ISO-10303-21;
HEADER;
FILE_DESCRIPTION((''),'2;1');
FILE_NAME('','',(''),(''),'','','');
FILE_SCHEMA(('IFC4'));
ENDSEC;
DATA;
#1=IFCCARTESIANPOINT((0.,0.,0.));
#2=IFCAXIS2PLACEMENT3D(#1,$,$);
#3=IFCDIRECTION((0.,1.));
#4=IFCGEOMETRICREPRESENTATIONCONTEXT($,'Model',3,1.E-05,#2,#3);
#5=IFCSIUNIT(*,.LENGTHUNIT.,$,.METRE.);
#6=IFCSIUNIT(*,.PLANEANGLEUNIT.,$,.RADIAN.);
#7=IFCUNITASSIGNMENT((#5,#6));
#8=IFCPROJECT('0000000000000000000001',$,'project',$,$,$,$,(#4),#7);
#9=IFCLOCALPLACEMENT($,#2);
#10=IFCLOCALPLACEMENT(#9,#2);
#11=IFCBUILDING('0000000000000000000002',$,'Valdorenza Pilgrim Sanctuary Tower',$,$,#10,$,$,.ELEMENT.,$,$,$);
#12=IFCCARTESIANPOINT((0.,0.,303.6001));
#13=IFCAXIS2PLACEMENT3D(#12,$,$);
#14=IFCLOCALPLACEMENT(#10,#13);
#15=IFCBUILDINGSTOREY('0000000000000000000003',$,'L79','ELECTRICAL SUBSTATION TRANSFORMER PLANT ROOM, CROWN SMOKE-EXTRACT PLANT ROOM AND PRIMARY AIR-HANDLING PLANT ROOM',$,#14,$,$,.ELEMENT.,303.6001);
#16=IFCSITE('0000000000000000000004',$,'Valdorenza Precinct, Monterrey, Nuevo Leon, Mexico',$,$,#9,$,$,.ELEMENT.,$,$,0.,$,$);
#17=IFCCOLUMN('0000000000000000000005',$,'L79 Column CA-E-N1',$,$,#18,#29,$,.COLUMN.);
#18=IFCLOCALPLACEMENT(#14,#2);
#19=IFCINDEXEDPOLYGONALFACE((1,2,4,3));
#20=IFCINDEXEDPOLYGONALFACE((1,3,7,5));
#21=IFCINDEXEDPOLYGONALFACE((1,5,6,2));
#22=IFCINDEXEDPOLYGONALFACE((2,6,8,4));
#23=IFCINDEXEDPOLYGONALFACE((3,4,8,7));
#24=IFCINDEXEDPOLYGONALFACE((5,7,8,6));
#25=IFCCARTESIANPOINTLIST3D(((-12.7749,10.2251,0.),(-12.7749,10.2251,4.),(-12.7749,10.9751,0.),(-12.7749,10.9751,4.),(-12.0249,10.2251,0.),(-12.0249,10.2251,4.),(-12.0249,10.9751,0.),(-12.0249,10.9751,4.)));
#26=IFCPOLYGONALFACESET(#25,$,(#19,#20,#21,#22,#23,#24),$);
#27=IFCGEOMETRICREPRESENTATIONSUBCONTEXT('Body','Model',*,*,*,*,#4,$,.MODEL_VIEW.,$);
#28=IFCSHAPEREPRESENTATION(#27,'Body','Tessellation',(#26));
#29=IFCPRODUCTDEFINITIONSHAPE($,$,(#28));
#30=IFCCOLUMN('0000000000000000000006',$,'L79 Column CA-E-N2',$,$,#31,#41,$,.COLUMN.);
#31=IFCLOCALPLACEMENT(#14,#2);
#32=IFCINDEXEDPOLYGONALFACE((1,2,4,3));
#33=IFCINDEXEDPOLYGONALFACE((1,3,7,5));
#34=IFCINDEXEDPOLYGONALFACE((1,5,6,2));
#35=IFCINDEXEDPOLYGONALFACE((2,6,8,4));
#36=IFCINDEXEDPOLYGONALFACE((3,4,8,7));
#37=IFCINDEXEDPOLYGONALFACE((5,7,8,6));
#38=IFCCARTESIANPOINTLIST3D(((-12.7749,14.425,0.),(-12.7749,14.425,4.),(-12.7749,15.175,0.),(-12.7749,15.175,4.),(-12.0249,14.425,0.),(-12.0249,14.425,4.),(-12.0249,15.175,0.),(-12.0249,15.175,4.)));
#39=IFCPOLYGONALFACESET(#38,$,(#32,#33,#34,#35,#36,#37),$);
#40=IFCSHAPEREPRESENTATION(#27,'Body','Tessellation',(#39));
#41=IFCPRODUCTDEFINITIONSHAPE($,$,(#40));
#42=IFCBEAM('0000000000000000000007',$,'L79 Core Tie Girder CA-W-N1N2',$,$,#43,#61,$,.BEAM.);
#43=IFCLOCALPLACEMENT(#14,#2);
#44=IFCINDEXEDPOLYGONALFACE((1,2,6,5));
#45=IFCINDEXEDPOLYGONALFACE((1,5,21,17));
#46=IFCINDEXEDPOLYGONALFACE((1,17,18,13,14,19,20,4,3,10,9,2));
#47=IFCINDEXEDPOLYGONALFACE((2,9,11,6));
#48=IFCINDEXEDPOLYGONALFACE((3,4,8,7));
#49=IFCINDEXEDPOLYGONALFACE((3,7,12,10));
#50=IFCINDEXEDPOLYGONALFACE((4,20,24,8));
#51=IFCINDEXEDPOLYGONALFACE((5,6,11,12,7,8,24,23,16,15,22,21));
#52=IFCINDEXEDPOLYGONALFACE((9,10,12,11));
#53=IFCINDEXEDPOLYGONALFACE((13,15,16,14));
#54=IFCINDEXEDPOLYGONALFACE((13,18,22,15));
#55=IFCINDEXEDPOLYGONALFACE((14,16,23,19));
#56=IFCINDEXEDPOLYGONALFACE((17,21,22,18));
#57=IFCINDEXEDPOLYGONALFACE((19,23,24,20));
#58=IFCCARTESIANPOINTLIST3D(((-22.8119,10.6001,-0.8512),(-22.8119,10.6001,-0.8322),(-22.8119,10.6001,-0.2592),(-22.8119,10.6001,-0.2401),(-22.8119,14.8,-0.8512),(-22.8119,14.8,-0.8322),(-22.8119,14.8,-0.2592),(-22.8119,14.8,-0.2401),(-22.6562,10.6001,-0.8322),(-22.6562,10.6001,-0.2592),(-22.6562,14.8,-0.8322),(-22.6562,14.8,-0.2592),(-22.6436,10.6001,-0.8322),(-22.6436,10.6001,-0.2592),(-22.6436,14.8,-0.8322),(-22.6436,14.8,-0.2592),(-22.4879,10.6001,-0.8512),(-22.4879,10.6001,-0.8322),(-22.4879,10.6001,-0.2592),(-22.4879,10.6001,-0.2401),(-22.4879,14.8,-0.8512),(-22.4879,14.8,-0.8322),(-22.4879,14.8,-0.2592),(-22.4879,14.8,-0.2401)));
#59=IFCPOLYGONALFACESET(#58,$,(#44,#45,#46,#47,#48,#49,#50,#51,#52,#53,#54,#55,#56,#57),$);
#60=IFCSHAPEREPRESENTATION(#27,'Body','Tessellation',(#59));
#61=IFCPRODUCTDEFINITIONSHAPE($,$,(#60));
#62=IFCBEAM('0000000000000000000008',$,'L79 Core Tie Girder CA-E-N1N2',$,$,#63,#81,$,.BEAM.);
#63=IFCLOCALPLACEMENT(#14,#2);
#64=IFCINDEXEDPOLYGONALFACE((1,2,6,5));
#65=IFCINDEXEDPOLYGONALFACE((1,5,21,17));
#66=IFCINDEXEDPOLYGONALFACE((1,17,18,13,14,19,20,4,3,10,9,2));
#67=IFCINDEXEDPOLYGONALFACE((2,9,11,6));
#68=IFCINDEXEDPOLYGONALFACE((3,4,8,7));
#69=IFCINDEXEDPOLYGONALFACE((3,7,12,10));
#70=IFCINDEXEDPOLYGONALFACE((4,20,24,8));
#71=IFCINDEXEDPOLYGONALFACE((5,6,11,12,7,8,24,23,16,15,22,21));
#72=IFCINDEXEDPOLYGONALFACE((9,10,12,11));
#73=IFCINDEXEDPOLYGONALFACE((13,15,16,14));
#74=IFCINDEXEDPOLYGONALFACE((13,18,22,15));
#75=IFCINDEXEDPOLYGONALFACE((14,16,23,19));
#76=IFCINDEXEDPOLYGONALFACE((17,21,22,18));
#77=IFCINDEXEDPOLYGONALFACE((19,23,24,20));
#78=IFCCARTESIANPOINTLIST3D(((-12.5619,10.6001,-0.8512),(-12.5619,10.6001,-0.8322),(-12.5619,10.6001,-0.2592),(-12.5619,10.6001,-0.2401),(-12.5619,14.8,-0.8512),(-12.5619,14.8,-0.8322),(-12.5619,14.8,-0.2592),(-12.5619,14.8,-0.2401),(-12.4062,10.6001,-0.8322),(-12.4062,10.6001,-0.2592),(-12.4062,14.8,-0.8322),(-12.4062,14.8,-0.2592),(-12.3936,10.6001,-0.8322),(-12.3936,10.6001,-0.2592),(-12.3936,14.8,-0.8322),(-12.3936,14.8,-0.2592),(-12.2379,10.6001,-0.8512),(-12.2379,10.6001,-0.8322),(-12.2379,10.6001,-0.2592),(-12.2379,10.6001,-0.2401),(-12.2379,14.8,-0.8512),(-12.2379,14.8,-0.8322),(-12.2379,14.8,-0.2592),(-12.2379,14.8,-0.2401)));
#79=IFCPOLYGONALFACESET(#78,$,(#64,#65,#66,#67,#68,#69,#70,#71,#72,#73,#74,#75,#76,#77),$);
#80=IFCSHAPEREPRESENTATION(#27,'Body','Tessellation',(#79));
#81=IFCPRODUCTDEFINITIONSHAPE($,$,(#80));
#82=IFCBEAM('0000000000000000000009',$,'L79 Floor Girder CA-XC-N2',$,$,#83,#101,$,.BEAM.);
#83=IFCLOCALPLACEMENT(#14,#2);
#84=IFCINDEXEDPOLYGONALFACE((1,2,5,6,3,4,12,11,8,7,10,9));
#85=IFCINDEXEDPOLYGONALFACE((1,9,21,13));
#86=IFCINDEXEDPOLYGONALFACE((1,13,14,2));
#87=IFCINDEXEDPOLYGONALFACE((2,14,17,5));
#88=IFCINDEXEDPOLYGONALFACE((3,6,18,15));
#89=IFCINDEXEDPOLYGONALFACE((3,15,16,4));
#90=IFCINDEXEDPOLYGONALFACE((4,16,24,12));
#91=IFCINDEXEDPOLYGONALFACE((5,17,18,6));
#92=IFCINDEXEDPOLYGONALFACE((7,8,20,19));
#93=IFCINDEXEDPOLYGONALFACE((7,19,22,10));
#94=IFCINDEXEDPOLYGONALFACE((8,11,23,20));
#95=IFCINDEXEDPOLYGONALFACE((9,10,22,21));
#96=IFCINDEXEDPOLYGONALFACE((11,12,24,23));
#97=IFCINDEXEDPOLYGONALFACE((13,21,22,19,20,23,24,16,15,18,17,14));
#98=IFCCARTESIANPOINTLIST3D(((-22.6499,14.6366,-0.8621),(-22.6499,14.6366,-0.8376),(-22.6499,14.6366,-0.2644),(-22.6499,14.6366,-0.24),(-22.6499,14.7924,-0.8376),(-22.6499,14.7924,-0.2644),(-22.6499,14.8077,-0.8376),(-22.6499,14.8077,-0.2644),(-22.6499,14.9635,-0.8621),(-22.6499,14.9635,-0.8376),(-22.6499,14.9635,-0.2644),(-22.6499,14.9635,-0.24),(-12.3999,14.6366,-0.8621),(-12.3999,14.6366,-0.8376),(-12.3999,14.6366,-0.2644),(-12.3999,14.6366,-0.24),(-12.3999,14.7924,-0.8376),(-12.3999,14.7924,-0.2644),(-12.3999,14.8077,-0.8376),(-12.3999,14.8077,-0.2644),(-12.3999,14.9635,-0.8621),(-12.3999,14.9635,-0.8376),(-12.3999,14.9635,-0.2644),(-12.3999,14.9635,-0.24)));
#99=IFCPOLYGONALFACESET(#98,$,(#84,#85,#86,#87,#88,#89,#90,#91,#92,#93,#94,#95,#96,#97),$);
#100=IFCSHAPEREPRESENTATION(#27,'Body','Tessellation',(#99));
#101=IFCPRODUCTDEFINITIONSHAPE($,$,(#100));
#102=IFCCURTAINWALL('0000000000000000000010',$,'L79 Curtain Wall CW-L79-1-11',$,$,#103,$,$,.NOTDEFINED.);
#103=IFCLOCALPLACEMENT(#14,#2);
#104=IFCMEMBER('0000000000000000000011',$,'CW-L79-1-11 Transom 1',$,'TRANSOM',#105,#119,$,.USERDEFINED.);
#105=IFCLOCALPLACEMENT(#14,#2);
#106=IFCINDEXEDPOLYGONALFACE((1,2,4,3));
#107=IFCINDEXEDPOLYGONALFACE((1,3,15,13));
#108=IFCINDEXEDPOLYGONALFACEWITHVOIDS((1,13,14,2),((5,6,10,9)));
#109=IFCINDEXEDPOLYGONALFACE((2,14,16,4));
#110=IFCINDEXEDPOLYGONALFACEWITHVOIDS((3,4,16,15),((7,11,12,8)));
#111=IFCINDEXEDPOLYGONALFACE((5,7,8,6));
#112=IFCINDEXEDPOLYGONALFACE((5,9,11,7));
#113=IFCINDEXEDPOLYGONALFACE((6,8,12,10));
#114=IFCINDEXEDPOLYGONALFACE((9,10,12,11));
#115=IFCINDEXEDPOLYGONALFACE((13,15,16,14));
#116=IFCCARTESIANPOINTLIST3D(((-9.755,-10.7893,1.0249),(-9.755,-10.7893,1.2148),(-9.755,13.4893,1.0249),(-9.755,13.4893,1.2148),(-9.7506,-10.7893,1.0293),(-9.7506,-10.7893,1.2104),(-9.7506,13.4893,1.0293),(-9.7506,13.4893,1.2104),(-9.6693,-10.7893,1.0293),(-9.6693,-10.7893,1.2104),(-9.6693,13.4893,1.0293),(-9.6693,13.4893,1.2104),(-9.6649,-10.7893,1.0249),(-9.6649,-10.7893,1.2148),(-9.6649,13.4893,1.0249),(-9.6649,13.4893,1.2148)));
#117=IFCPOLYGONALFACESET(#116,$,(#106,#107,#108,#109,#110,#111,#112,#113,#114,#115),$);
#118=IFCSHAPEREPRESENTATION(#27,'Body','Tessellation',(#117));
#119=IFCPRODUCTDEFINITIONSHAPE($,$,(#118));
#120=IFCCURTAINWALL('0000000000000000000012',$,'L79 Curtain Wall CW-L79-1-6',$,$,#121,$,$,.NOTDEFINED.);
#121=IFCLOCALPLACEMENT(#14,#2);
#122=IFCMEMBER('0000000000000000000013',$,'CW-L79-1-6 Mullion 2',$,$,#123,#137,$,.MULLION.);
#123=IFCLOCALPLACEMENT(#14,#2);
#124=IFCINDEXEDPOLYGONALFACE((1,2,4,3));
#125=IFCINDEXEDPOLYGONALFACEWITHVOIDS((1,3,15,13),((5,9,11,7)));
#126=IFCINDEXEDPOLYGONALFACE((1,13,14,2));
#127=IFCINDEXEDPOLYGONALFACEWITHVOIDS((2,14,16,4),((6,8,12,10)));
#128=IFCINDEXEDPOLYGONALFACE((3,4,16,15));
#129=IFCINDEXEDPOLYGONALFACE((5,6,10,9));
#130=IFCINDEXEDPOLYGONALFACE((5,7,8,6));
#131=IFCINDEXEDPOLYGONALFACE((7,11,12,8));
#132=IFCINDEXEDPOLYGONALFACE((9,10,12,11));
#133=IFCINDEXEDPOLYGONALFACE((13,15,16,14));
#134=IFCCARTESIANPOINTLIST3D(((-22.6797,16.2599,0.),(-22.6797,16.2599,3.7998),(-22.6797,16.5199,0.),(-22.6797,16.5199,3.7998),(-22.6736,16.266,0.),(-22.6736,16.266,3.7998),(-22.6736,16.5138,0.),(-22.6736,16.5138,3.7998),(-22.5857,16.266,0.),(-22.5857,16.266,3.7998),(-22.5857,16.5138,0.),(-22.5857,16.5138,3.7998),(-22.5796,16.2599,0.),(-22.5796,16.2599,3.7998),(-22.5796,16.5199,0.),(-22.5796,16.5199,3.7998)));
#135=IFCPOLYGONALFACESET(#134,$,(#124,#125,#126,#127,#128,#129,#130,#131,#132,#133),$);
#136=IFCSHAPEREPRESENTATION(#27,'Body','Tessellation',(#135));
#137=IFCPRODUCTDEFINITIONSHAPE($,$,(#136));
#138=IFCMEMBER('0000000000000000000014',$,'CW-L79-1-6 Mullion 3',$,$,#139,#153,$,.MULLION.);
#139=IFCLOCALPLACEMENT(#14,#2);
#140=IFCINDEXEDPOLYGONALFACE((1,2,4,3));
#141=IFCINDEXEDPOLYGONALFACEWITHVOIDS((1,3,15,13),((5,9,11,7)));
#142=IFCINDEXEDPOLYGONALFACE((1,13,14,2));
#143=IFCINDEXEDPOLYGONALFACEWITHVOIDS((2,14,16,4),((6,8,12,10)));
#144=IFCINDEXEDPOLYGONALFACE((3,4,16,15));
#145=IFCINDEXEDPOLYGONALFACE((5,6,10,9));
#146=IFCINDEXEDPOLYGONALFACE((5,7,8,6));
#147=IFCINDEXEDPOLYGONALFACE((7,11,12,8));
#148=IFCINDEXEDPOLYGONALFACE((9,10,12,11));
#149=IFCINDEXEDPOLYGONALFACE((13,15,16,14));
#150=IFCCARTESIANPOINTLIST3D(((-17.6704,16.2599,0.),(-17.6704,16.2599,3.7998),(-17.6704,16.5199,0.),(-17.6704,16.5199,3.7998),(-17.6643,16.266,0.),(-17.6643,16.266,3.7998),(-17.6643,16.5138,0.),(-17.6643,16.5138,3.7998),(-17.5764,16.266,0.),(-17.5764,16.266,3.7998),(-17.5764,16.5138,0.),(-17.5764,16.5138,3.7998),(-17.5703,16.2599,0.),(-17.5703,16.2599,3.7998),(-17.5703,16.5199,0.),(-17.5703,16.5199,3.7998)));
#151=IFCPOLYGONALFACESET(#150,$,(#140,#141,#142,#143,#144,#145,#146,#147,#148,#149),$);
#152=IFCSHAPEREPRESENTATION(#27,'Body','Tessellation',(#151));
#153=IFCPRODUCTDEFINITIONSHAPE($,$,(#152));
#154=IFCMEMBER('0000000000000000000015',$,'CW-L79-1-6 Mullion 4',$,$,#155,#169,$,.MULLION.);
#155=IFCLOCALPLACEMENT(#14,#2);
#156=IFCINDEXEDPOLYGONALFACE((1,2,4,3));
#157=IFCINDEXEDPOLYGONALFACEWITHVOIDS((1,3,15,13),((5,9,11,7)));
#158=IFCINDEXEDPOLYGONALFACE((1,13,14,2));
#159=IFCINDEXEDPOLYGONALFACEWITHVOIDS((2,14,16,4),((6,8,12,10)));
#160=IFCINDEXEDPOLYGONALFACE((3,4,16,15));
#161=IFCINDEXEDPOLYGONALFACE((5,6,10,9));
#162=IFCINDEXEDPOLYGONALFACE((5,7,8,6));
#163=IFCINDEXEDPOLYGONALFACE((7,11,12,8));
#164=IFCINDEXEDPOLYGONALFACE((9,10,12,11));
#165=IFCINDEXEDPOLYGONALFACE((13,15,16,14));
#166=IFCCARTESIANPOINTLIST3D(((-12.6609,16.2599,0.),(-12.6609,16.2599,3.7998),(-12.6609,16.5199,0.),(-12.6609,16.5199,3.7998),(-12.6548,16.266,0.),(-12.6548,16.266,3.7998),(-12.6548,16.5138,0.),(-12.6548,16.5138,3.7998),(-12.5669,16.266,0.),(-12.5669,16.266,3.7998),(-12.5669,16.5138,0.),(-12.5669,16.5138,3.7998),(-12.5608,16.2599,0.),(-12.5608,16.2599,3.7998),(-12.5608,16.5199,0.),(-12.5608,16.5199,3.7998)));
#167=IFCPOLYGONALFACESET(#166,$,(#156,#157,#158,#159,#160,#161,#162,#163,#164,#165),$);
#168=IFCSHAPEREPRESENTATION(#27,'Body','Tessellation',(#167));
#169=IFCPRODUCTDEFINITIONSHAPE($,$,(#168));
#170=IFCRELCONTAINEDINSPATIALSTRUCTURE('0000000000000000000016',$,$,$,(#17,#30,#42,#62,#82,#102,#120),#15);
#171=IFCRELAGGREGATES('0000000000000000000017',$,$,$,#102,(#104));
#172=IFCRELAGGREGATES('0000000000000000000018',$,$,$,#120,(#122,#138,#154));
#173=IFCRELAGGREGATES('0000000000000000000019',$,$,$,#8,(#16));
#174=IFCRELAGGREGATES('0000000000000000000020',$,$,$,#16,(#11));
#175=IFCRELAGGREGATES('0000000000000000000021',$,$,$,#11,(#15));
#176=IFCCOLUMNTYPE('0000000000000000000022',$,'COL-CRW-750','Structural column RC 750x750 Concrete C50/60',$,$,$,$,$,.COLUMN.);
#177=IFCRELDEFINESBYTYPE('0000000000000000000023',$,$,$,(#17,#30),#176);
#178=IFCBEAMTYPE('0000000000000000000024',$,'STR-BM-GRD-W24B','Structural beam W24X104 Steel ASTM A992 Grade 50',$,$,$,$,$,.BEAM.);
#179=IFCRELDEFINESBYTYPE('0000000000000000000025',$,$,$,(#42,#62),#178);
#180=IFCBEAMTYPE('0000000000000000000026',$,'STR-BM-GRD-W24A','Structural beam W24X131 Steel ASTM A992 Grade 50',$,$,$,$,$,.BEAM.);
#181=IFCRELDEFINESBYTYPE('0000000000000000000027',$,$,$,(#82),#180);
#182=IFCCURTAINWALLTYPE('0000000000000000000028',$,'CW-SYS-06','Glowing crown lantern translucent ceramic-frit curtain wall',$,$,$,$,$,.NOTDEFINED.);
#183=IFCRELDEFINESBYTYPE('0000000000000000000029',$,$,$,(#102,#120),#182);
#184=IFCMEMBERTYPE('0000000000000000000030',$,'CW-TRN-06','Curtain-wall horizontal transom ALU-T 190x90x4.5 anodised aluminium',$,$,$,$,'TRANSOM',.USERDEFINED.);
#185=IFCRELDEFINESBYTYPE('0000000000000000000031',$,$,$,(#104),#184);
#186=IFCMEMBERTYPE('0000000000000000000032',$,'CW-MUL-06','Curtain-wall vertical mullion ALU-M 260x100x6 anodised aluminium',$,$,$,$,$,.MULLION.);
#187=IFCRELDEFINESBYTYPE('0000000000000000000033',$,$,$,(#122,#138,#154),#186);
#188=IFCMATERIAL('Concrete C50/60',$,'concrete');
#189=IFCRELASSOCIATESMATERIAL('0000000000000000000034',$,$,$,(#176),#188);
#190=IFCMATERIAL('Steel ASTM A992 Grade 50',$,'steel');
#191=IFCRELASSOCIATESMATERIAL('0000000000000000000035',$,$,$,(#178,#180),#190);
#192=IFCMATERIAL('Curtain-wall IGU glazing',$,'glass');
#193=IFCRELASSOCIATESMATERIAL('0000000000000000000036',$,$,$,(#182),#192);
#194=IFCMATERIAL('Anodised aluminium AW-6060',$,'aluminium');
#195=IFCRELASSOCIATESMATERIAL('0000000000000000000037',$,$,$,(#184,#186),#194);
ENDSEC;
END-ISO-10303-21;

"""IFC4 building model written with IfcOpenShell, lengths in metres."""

from ifc_helpers import new_model, si_unit, direction, frame, origin, origin_2d, place, context, subcontext, project, spatial, rectangle, hollow_rectangle, i_section, extrude, source, transform, mapped, material, material_profile, profile_set, type_object, element, aggregate, save


model = new_model("IFC4")

# Units and contexts
model_context = context("Model", 3, precision=1e-05, world=origin(), true_north=direction((0.0, 1.0)))
body_context = subcontext(model_context, "Body", "Model", "MODEL_VIEW")
ifc_project = project(units=[si_unit("LENGTHUNIT", "METRE"), si_unit("PLANEANGLEUNIT", "RADIAN")], contexts=[model_context])

# Site, building, storey
site_placement = place(None, origin())
site = spatial("IfcSite", under=ifc_project, at=site_placement, Name="Valdorenza Precinct, Monterrey, Nuevo Leon, Mexico", CompositionType="ELEMENT", RefElevation=0.0)
building_placement = place(site_placement, origin())
building = spatial("IfcBuilding", under=site, at=building_placement, Name="Valdorenza Pilgrim Sanctuary Tower", CompositionType="ELEMENT")
storey_placement = place(building_placement, frame((0.0, 0.0, 303.6001)))
storey = spatial("IfcBuildingStorey", under=building, at=storey_placement, Name="L79", Description="ELECTRICAL SUBSTATION TRANSFORMER PLANT ROOM, CROWN SMOKE-EXTRACT PLANT ROOM AND PRIMARY AIR-HANDLING PLANT ROOM", CompositionType="ELEMENT", Elevation=303.6001)

# Columns
ifc_material_1 = material(Name="Concrete C50/60", Category="concrete")
ifc_material_profile_1 = material_profile(ifc_material_1, rectangle(XDim=0.75, YDim=0.75, at=origin_2d()), Name="RC 750x750")
ifc_profile_set_1 = profile_set([ifc_material_profile_1], Name="Concrete C50/60")
column_type = type_object("IfcColumnType", Name="COL-CRW-750", Description="Structural column RC 750x750 Concrete C50/60", PredefinedType="COLUMN", material=ifc_profile_set_1)
shared_shape_1 = source(origin(), body_context, "Body", "SweptSolid", [
    extrude(rectangle(XDim=0.75, YDim=0.75, at=origin_2d()), origin(), (0.0, 0.0, 1.0), 4.0),
])
for number, where, z_axis, x_axis, name in (
    (1, (-12.3999, 10.6001, 0.0), (0.0, 0.0, 1.0), (1.0, 0.0, 0.0), "L79 Column CA-E-N1"),
    (2, (-12.3999, 14.8, 0.0), (0.0, 0.0, 1.0), (1.0, 0.0, 0.0), "L79 Column CA-E-N2"),
):
    element("IfcColumn", number, at=place(storey_placement, frame(where, z_axis=z_axis, x_axis=x_axis)), inside=storey, type_object=column_type, Name=name, PredefinedType="COLUMN", context=body_context, shape_type="MappedRepresentation", body=[
        mapped(shared_shape_1, transform((0.0, 0.0, 0.0), x_axis=(1.0, 0.0, 0.0), y_axis=(0.0, 1.0, 0.0), z_axis=(0.0, 0.0, 1.0), scale=1.0)),
    ])

# Beams
ifc_material_2 = material(Name="Steel ASTM A992 Grade 50", Category="steel")
ifc_material_profile_2 = material_profile(ifc_material_2, i_section(OverallWidth=0.324, OverallDepth=0.6111, WebThickness=0.0127, FlangeThickness=0.019, at=origin_2d()), Name="W24X104")
ifc_profile_set_2 = profile_set([ifc_material_profile_2], Name="Steel ASTM A992 Grade 50")
beam_type_1 = type_object("IfcBeamType", Name="STR-BM-GRD-W24B", Description="Structural beam W24X104 Steel ASTM A992 Grade 50", PredefinedType="BEAM", material=ifc_profile_set_2)
shared_shape_2 = source(origin(), body_context, "Body", "SweptSolid", [
    extrude(i_section(OverallWidth=0.324, OverallDepth=0.6111, WebThickness=0.0127, FlangeThickness=0.019, at=origin_2d()), origin(), (0.0, 0.0, 1.0), 4.2),
])
for number, where, z_axis, x_axis, name in (
    (3, (-22.6499, 10.6001, -0.5457), (0.0, 1.0, 0.0), (-1.0, 0.0, 0.0), "L79 Core Tie Girder CA-W-N1N2"),
    (4, (-12.3999, 10.6001, -0.5457), (0.0, 1.0, 0.0), (-1.0, 0.0, 0.0), "L79 Core Tie Girder CA-E-N1N2"),
):
    element("IfcBeam", number, at=place(storey_placement, frame(where, z_axis=z_axis, x_axis=x_axis)), inside=storey, type_object=beam_type_1, Name=name, PredefinedType="BEAM", context=body_context, shape_type="MappedRepresentation", body=[
        mapped(shared_shape_2, transform((0.0, 0.0, 0.0), x_axis=(1.0, 0.0, 0.0), y_axis=(0.0, 1.0, 0.0), z_axis=(0.0, 0.0, 1.0), scale=1.0)),
    ])
ifc_material_profile_3 = material_profile(ifc_material_2, i_section(OverallWidth=0.3269, OverallDepth=0.6221, WebThickness=0.0154, FlangeThickness=0.0244, at=origin_2d()), Name="W24X131")
ifc_profile_set_3 = profile_set([ifc_material_profile_3], Name="Steel ASTM A992 Grade 50")
beam_type_2 = type_object("IfcBeamType", Name="STR-BM-GRD-W24A", Description="Structural beam W24X131 Steel ASTM A992 Grade 50", PredefinedType="BEAM", material=ifc_profile_set_3)
shared_shape_3 = source(origin(), body_context, "Body", "SweptSolid", [
    extrude(i_section(OverallWidth=0.3269, OverallDepth=0.6221, WebThickness=0.0154, FlangeThickness=0.0244, at=origin_2d()), origin(), (0.0, 0.0, 1.0), 10.25),
])
beam_placement = place(storey_placement, frame((-22.6499, 14.8, -0.551), z_axis=(1.0, 0.0, 0.0), x_axis=(0.0, 1.0, 0.0)))
element("IfcBeam", 5, at=beam_placement, inside=storey, type_object=beam_type_2, Name="L79 Floor Girder CA-XC-N2", PredefinedType="BEAM", context=body_context, shape_type="MappedRepresentation", body=[
    mapped(shared_shape_3, transform((0.0, 0.0, 0.0), x_axis=(1.0, 0.0, 0.0), y_axis=(0.0, 1.0, 0.0), z_axis=(0.0, 0.0, 1.0), scale=1.0)),
])

# Curtain wall, member
ifc_material_3 = material(Name="Curtain-wall IGU glazing", Category="glass")
curtain_wall_type = type_object("IfcCurtainWallType", Name="CW-SYS-06", Description="Glowing crown lantern translucent ceramic-frit curtain wall", PredefinedType="NOTDEFINED", material=ifc_material_3)
curtain_wall_1_placement = place(storey_placement, origin())
curtain_wall_1 = element("IfcCurtainWall", 6, at=curtain_wall_1_placement, inside=storey, type_object=curtain_wall_type, Name="L79 Curtain Wall CW-L79-1-11", PredefinedType="NOTDEFINED")
ifc_material_4 = material(Name="Anodised aluminium AW-6060", Category="aluminium")
ifc_material_profile_4 = material_profile(ifc_material_4, hollow_rectangle(XDim=0.0901, YDim=0.1899, WallThickness=0.0044, at=origin_2d()), Name="ALU-T 190x90x4.5")
ifc_profile_set_4 = profile_set([ifc_material_profile_4], Name="Anodised aluminium AW-6060")
member_type_1 = type_object("IfcMemberType", Name="CW-TRN-06", Description="Curtain-wall horizontal transom ALU-T 190x90x4.5 anodised aluminium", ElementType="TRANSOM", PredefinedType="USERDEFINED", material=ifc_profile_set_4)
shared_shape_4 = source(origin(), body_context, "Body", "SweptSolid", [
    extrude(hollow_rectangle(XDim=0.0901, YDim=0.1899, WallThickness=0.0044, at=origin_2d()), origin(), (0.0, 0.0, 1.0), 24.2786),
])
member_1_placement = place(storey_placement, frame((-9.71, 13.4893, 1.1199), z_axis=(0.0, -1.0, 0.0), x_axis=(1.0, 0.0, 0.0)))
member_1 = element("IfcMember", 7, at=member_1_placement, type_object=member_type_1, Name="CW-L79-1-11 Transom 1", ObjectType="TRANSOM", PredefinedType="USERDEFINED", context=body_context, shape_type="MappedRepresentation", body=[
    mapped(shared_shape_4, transform((0.0, 0.0, 0.0), x_axis=(1.0, 0.0, 0.0), y_axis=(0.0, 1.0, 0.0), z_axis=(0.0, 0.0, 1.0), scale=1.0)),
])

# Curtain wall, members
curtain_wall_2_placement = place(storey_placement, origin())
curtain_wall_2 = element("IfcCurtainWall", 8, at=curtain_wall_2_placement, inside=storey, type_object=curtain_wall_type, Name="L79 Curtain Wall CW-L79-1-6", PredefinedType="NOTDEFINED")
ifc_material_profile_5 = material_profile(ifc_material_4, hollow_rectangle(XDim=0.1001, YDim=0.26, WallThickness=0.0061, at=origin_2d()), Name="ALU-M 260x100x6")
ifc_profile_set_5 = profile_set([ifc_material_profile_5], Name="Anodised aluminium AW-6060")
member_type_2 = type_object("IfcMemberType", Name="CW-MUL-06", Description="Curtain-wall vertical mullion ALU-M 260x100x6 anodised aluminium", PredefinedType="MULLION", material=ifc_profile_set_5)
shared_shape_5 = source(origin(), body_context, "Body", "SweptSolid", [
    extrude(hollow_rectangle(XDim=0.1001, YDim=0.26, WallThickness=0.0061, at=origin_2d()), origin(), (0.0, 0.0, 1.0), 3.7998),
])
member_2_placement = place(storey_placement, frame((-22.6296, 16.3899, 0.0), z_axis=(0.0, 0.0, 1.0), x_axis=(1.0, 0.0, 0.0)))
member_2 = element("IfcMember", 9, at=member_2_placement, type_object=member_type_2, Name="CW-L79-1-6 Mullion 2", PredefinedType="MULLION", context=body_context, shape_type="MappedRepresentation", body=[
    mapped(shared_shape_5, transform((0.0, 0.0, 0.0), x_axis=(1.0, 0.0, 0.0), y_axis=(0.0, 1.0, 0.0), z_axis=(0.0, 0.0, 1.0), scale=1.0)),
])
member_3_placement = place(storey_placement, frame((-17.6204, 16.3899, 0.0), z_axis=(0.0, 0.0, 1.0), x_axis=(1.0, 0.0, 0.0)))
member_3 = element("IfcMember", 10, at=member_3_placement, type_object=member_type_2, Name="CW-L79-1-6 Mullion 3", PredefinedType="MULLION", context=body_context, shape_type="MappedRepresentation", body=[
    mapped(shared_shape_5, transform((0.0, 0.0, 0.0), x_axis=(1.0, 0.0, 0.0), y_axis=(0.0, 1.0, 0.0), z_axis=(0.0, 0.0, 1.0), scale=1.0)),
])
member_4_placement = place(storey_placement, frame((-12.6108, 16.3899, 0.0), z_axis=(0.0, 0.0, 1.0), x_axis=(1.0, 0.0, 0.0)))
member_4 = element("IfcMember", 11, at=member_4_placement, type_object=member_type_2, Name="CW-L79-1-6 Mullion 4", PredefinedType="MULLION", context=body_context, shape_type="MappedRepresentation", body=[
    mapped(shared_shape_5, transform((0.0, 0.0, 0.0), x_axis=(1.0, 0.0, 0.0), y_axis=(0.0, 1.0, 0.0), z_axis=(0.0, 0.0, 1.0), scale=1.0)),
])

aggregate(curtain_wall_1, [member_1])
aggregate(curtain_wall_2, [member_2, member_3, member_4])

save(model, "model.ifc")
